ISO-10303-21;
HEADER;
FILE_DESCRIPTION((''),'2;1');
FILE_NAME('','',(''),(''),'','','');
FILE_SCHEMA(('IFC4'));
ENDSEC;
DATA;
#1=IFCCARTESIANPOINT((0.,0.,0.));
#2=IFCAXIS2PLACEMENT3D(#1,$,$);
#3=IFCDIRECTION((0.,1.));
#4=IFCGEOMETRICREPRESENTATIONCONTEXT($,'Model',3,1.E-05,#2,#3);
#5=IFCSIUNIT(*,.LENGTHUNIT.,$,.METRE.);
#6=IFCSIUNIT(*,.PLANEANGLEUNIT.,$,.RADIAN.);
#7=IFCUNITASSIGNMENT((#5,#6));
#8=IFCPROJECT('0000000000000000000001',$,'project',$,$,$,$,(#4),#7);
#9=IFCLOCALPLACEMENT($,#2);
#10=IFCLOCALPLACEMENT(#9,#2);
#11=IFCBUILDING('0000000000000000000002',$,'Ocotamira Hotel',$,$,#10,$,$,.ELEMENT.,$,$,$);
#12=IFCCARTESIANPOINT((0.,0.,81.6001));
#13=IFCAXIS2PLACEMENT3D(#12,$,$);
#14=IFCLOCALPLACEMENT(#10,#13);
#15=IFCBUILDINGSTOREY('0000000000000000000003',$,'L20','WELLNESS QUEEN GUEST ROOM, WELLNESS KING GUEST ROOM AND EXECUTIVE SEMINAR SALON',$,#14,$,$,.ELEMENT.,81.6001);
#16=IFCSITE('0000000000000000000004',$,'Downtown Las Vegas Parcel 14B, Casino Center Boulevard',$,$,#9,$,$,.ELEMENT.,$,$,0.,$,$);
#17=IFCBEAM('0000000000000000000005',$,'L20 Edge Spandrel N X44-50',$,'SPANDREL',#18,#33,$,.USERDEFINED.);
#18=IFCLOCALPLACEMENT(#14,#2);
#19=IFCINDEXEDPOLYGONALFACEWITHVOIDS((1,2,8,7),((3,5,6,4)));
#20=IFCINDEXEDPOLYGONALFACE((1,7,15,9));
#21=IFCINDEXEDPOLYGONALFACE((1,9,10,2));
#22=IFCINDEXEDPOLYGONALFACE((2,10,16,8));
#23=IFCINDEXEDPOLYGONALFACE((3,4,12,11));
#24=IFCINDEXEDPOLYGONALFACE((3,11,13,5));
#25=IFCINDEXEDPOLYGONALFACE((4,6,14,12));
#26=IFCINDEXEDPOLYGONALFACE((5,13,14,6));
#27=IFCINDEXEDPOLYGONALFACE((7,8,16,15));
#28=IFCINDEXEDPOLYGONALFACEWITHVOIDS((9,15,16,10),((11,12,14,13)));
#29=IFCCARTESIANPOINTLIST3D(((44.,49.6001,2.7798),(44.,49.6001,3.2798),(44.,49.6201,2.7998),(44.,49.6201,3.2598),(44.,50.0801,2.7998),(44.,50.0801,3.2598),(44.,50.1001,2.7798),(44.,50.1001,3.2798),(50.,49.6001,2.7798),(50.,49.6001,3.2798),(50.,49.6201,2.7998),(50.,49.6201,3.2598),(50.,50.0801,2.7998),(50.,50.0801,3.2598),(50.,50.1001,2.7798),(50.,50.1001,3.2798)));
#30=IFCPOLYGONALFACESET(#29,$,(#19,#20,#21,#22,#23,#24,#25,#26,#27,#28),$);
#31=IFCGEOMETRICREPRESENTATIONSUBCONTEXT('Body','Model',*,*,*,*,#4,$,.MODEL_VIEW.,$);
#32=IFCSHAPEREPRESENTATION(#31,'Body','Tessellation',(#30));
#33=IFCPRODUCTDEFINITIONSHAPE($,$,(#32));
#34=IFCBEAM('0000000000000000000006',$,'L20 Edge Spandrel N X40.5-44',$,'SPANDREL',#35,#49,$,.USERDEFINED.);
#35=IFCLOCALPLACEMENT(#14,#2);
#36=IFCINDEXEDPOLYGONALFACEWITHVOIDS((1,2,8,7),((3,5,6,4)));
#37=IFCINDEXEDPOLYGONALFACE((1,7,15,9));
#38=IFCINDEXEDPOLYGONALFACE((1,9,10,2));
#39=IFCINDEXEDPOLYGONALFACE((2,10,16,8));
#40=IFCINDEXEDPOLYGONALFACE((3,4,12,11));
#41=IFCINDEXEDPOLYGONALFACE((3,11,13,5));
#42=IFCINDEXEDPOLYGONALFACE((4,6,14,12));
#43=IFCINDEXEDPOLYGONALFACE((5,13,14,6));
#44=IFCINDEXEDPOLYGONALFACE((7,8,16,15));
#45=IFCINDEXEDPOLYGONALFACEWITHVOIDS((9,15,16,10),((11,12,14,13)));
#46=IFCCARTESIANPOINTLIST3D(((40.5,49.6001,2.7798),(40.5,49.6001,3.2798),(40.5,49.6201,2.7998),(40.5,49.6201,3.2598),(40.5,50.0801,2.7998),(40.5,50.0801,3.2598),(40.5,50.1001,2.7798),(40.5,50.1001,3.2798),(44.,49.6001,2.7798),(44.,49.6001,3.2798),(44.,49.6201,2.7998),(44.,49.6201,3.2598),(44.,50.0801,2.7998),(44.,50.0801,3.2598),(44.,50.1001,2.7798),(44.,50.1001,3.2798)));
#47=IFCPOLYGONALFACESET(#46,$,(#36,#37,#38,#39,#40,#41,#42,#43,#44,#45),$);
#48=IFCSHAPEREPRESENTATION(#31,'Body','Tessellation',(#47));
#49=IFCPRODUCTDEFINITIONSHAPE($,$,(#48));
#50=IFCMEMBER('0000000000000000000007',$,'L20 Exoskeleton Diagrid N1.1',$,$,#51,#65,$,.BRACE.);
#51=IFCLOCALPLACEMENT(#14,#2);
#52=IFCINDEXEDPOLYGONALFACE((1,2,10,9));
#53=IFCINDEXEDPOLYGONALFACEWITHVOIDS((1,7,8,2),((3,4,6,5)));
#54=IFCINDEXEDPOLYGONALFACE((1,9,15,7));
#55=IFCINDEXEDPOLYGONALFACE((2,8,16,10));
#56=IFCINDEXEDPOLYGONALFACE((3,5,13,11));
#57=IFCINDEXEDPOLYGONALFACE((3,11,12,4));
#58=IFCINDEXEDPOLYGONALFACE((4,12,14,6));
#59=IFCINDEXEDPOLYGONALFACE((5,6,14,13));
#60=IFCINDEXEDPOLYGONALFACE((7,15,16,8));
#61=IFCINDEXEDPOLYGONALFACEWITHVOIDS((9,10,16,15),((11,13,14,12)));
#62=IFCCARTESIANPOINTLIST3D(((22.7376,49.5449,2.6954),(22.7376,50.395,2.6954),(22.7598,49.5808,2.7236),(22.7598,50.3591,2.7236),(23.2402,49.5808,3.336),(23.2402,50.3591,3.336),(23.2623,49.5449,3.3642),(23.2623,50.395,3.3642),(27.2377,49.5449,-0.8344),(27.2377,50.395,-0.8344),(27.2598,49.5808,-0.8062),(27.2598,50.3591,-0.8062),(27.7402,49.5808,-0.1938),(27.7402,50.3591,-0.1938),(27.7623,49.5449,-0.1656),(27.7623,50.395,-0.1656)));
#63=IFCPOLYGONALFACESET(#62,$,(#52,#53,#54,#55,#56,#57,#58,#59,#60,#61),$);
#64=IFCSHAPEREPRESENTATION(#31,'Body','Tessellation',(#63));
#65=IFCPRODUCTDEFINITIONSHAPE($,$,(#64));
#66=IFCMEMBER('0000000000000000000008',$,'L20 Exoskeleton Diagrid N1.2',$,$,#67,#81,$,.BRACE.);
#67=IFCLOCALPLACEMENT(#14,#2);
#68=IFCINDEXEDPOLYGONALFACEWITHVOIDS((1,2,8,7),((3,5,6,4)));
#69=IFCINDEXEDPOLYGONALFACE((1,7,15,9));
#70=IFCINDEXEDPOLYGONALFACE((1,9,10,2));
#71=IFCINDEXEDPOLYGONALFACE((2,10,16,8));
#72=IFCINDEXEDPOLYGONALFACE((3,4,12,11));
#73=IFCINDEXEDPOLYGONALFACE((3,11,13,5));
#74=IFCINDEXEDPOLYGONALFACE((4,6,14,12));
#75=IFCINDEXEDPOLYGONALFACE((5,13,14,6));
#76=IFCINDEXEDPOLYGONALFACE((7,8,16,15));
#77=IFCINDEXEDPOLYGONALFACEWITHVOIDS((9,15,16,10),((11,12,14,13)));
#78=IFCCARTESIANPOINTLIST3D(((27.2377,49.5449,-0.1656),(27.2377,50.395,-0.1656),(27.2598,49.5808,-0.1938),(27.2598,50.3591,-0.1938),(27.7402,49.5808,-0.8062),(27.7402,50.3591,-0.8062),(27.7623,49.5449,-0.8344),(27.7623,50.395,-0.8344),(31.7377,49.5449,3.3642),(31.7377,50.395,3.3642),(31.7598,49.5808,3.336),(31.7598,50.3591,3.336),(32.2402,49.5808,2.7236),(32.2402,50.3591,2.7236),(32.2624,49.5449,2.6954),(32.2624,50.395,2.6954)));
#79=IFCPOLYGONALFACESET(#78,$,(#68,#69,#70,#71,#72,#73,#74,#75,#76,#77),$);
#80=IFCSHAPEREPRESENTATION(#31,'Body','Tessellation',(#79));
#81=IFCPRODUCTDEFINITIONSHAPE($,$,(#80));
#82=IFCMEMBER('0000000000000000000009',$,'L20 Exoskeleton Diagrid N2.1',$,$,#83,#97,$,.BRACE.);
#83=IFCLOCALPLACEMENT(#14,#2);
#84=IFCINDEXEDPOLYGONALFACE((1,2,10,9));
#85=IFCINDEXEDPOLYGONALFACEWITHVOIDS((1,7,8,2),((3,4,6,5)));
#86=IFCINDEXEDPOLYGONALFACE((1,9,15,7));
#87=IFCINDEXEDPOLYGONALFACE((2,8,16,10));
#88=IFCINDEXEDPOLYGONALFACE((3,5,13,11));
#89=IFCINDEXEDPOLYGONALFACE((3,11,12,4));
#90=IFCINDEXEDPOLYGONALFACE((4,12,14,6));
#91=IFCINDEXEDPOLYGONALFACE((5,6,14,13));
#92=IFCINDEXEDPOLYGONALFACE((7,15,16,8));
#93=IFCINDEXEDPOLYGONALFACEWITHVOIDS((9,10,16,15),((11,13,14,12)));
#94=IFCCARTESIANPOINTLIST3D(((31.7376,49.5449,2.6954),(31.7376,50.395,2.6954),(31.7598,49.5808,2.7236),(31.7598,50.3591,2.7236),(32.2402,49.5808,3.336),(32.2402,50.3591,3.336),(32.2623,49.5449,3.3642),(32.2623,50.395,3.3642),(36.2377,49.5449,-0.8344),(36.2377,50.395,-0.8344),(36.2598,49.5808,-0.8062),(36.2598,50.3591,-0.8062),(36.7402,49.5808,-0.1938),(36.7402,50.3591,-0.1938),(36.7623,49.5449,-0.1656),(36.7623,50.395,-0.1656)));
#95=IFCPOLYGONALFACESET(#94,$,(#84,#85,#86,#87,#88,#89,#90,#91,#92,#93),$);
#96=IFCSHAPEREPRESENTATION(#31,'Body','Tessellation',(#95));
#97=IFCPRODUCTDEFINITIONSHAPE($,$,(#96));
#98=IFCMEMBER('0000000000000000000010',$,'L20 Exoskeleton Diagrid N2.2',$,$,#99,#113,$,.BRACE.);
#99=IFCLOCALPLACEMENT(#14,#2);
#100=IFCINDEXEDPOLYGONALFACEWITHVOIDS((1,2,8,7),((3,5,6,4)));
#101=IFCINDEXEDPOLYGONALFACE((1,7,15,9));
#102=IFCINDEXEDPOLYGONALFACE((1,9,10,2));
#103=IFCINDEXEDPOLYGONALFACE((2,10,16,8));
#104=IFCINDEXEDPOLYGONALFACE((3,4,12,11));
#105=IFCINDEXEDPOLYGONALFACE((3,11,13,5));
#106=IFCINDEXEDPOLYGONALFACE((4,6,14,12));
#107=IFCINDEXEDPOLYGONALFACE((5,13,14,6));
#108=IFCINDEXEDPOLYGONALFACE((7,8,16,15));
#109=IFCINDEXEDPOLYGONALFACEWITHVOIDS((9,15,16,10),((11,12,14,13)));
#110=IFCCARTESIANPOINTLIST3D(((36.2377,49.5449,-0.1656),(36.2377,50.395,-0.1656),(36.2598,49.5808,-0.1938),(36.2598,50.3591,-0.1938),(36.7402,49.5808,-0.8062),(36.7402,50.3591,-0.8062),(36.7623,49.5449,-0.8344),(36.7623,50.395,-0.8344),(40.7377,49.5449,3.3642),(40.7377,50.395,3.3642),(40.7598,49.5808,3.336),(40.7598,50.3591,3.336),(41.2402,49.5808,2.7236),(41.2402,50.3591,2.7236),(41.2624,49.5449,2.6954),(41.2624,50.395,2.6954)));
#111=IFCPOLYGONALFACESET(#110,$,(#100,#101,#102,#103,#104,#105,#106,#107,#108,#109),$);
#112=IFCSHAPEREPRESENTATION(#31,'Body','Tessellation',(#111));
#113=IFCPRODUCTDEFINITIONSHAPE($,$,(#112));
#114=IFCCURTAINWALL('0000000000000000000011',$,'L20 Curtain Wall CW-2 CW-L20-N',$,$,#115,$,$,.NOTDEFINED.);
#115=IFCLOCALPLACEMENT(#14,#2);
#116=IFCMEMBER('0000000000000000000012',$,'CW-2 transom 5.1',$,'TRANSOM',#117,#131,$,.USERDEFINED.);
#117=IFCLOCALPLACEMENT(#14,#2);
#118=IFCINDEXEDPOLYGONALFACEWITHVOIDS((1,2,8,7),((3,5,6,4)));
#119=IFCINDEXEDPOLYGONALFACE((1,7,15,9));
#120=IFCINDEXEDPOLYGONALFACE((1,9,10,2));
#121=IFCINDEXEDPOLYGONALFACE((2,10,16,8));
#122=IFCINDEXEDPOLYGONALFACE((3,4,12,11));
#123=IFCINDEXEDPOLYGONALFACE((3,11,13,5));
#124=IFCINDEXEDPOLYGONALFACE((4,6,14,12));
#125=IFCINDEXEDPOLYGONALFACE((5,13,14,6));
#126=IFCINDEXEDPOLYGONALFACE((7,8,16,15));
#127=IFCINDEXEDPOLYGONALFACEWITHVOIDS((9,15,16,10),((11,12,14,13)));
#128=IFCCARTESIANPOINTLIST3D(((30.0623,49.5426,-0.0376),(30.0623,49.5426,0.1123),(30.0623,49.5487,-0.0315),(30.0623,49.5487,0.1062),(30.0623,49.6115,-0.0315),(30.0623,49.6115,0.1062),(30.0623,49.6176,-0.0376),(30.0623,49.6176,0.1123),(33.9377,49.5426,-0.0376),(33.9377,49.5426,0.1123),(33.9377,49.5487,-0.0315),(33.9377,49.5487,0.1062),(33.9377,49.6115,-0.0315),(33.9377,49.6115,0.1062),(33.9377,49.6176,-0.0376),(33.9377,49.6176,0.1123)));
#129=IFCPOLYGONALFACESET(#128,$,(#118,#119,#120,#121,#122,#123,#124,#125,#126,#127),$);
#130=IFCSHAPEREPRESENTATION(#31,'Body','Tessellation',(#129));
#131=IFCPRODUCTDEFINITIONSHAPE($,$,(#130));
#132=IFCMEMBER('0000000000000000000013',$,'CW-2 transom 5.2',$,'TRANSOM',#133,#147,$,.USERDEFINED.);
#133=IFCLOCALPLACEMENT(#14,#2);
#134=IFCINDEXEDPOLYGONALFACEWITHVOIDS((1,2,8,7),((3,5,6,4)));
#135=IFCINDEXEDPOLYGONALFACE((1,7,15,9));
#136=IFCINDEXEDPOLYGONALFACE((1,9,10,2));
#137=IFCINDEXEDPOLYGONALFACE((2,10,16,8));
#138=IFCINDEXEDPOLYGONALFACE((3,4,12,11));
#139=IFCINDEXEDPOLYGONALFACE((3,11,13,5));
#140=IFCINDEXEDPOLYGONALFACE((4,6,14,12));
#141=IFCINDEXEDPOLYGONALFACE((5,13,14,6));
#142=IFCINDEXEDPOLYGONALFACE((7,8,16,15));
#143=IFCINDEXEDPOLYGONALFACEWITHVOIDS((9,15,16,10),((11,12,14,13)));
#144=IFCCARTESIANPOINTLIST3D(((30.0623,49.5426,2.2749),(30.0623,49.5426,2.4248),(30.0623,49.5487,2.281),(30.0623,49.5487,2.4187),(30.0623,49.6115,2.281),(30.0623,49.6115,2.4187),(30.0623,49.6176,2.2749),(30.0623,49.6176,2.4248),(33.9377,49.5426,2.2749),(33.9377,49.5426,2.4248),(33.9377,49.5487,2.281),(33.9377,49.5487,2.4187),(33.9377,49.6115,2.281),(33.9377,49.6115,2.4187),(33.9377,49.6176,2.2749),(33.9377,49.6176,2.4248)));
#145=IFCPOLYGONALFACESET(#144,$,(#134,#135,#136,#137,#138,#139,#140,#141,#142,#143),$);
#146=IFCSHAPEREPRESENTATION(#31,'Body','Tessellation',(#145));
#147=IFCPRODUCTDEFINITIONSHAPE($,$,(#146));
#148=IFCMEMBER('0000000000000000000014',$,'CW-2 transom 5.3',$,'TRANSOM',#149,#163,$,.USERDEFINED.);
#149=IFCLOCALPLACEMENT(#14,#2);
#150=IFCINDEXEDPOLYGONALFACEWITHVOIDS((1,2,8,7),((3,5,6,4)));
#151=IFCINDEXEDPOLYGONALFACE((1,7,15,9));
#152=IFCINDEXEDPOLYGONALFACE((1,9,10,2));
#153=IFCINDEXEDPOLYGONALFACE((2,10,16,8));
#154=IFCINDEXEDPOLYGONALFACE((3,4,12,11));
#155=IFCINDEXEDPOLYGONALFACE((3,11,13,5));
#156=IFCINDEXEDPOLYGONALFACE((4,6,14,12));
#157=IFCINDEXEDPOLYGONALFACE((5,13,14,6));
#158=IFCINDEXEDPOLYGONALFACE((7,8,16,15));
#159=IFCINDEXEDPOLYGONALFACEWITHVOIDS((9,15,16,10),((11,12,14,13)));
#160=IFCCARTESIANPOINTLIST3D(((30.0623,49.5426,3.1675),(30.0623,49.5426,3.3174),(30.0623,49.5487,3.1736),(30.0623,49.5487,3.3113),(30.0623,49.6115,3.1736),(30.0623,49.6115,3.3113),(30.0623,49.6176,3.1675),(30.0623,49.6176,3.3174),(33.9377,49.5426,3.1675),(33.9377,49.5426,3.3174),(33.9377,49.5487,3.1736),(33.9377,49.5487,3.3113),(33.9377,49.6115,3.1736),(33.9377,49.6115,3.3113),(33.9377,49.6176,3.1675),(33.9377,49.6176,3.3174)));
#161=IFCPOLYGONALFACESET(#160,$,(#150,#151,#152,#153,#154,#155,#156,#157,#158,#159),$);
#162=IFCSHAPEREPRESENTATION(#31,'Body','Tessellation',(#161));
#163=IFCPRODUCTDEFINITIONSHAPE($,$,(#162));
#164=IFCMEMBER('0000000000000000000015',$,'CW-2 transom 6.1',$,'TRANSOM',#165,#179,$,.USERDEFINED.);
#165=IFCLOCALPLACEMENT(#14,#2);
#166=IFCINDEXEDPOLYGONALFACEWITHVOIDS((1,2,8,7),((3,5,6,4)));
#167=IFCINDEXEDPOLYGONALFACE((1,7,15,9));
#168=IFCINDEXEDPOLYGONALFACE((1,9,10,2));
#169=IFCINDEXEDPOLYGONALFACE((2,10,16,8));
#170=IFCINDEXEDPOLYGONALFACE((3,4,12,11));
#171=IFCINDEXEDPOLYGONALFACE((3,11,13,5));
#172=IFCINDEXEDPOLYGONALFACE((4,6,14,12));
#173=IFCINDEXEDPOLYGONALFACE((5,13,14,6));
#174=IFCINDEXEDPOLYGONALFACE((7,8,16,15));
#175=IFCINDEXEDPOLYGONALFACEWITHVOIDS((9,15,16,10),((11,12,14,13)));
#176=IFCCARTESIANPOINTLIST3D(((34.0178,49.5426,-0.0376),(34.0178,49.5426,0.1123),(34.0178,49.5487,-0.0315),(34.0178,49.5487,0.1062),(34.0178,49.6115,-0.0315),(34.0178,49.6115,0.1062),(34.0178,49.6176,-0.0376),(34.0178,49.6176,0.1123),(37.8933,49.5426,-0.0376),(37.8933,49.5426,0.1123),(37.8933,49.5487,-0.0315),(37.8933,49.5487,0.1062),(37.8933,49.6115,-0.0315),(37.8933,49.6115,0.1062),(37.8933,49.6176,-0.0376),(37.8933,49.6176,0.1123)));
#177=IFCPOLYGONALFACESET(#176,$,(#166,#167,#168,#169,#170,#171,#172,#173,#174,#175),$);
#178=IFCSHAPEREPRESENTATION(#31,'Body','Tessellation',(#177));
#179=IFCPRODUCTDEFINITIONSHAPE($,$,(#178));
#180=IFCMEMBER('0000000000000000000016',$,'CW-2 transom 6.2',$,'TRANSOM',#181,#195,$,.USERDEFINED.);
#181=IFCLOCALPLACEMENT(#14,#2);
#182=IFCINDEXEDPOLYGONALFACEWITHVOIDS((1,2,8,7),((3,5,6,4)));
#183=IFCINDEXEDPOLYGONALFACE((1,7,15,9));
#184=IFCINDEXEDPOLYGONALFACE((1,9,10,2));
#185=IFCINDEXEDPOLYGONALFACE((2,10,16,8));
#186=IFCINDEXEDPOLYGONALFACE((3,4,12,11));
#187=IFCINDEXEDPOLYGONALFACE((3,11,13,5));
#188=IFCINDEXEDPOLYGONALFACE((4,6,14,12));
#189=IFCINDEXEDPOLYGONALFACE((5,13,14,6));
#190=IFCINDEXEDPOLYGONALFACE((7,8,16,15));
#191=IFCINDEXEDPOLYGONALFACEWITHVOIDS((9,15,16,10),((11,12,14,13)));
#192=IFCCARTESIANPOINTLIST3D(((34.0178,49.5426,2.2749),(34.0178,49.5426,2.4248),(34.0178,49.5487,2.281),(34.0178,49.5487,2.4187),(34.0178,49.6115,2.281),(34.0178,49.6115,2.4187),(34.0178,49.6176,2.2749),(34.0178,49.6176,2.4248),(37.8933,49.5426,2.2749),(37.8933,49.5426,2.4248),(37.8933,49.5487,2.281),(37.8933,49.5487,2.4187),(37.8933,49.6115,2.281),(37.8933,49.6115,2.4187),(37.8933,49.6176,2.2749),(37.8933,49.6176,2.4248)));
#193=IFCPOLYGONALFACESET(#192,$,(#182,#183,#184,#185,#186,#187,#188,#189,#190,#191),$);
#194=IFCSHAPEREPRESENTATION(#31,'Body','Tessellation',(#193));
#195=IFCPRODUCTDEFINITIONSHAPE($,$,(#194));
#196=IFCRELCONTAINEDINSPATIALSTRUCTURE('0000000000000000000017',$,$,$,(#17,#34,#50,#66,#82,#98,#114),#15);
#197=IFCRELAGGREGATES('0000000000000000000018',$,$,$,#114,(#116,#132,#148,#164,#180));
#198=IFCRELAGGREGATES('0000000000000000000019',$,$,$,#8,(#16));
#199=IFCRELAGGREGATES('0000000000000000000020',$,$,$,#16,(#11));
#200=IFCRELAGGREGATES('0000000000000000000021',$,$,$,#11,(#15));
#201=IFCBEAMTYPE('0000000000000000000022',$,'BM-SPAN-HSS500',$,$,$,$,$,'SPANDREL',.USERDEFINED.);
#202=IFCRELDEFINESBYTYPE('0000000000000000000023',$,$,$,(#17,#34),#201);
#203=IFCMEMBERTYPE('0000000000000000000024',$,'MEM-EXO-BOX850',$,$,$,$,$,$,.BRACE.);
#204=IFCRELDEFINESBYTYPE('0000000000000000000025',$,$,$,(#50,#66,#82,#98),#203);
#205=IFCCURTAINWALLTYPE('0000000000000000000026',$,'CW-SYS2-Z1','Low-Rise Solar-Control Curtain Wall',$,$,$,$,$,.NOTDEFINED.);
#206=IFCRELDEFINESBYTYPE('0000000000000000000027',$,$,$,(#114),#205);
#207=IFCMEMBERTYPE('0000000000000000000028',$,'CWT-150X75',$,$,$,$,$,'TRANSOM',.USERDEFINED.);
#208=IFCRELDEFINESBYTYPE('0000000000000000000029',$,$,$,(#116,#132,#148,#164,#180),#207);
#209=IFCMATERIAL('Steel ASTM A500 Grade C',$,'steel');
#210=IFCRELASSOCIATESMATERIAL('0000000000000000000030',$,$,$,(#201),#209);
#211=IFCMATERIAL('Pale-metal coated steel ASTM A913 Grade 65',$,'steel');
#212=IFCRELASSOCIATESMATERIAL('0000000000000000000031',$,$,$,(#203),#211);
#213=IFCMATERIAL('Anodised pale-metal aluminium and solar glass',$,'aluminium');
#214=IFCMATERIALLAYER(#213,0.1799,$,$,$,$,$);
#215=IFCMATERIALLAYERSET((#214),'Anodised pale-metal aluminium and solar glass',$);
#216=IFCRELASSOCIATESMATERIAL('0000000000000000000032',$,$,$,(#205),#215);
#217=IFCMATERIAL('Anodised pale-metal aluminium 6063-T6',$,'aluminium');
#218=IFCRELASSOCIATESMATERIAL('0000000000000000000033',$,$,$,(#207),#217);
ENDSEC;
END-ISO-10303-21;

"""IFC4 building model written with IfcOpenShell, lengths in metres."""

from ifc_helpers import new_model, si_unit, direction, frame, origin, origin_2d, place, context, subcontext, project, spatial, hollow_rectangle, extrude, source, transform, mapped, material, layer, layer_set, material_profile, profile_set, type_object, element, aggregate, save


model = new_model("IFC4")

# Units and contexts
model_context = context("Model", 3, precision=1e-05, world=origin(), true_north=direction((0.0, 1.0)))
body_context = subcontext(model_context, "Body", "Model", "MODEL_VIEW")
ifc_project = project(units=[si_unit("LENGTHUNIT", "METRE"), si_unit("PLANEANGLEUNIT", "RADIAN")], contexts=[model_context])

# Site, building, storey
site_placement = place(None, origin())
site = spatial("IfcSite", under=ifc_project, at=site_placement, Name="Downtown Las Vegas Parcel 14B, Casino Center Boulevard", CompositionType="ELEMENT", RefElevation=0.0)
building_placement = place(site_placement, origin())
building = spatial("IfcBuilding", under=site, at=building_placement, Name="Ocotamira Hotel", CompositionType="ELEMENT")
storey_placement = place(building_placement, frame((0.0, 0.0, 81.6001)))
storey = spatial("IfcBuildingStorey", under=building, at=storey_placement, Name="L20", Description="WELLNESS QUEEN GUEST ROOM, WELLNESS KING GUEST ROOM AND EXECUTIVE SEMINAR SALON", CompositionType="ELEMENT", Elevation=81.6001)

# Beams
ifc_material_1 = material(Name="Steel ASTM A500 Grade C", Category="steel")
ifc_material_profile_1 = material_profile(ifc_material_1, hollow_rectangle(XDim=0.5, YDim=0.5, WallThickness=0.02, at=origin_2d()), Name="HSS500X500X20")
ifc_profile_set_1 = profile_set([ifc_material_profile_1], Name="Steel ASTM A500 Grade C")
beam_type = type_object("IfcBeamType", Name="BM-SPAN-HSS500", ElementType="SPANDREL", PredefinedType="USERDEFINED", material=ifc_profile_set_1)
shared_shape_1 = source(origin(), body_context, "Body", "SweptSolid", [
    extrude(hollow_rectangle(XDim=0.5, YDim=0.5, WallThickness=0.02, at=origin_2d()), origin(), (0.0, 0.0, 1.0), 6.0),
])
beam_1_placement = place(storey_placement, frame((44.0, 49.8501, 3.0298), z_axis=(1.0, 0.0, 0.0), x_axis=(0.0, 1.0, 0.0)))
element("IfcBeam", 1, at=beam_1_placement, inside=storey, type_object=beam_type, Name="L20 Edge Spandrel N X44-50", ObjectType="SPANDREL", PredefinedType="USERDEFINED", context=body_context, shape_type="MappedRepresentation", body=[
    mapped(shared_shape_1, transform((0.0, 0.0, 0.0), scale=1.0)),
])
shared_shape_2 = source(origin(), body_context, "Body", "SweptSolid", [
    extrude(hollow_rectangle(XDim=0.5, YDim=0.5, WallThickness=0.02, at=origin_2d()), origin(), (0.0, 0.0, 1.0), 3.5),
])
beam_2_placement = place(storey_placement, frame((40.5, 49.8501, 3.0298), z_axis=(1.0, 0.0, 0.0), x_axis=(0.0, 1.0, 0.0)))
element("IfcBeam", 2, at=beam_2_placement, inside=storey, type_object=beam_type, Name="L20 Edge Spandrel N X40.5-44", ObjectType="SPANDREL", PredefinedType="USERDEFINED", context=body_context, shape_type="MappedRepresentation", body=[
    mapped(shared_shape_2, transform((0.0, 0.0, 0.0), scale=1.0)),
])

# Members
ifc_material_2 = material(Name="Pale-metal coated steel ASTM A913 Grade 65", Category="steel")
ifc_material_profile_2 = material_profile(ifc_material_2, hollow_rectangle(XDim=0.8501, YDim=0.8501, WallThickness=0.0359, at=origin_2d()), Name="BOX850X850X36")
ifc_profile_set_2 = profile_set([ifc_material_profile_2], Name="Pale-metal coated steel ASTM A913 Grade 65")
member_type_1 = type_object("IfcMemberType", Name="MEM-EXO-BOX850", PredefinedType="BRACE", material=ifc_profile_set_2)
shared_shape_3 = source(origin(), body_context, "Body", "SweptSolid", [
    extrude(hollow_rectangle(XDim=0.8501, YDim=0.8501, WallThickness=0.0359, at=origin_2d()), origin(), (0.0, 0.0, 1.0), 5.7192),
])
for number, where, z_axis, x_axis, name in (
    (3, (27.5, 49.97, -0.5), (-0.786822, 0.0, 0.61718), (0.0, -1.0, 0.0), "L20 Exoskeleton Diagrid N1.1"),
    (4, (27.5, 49.97, -0.5), (0.786822, 0.0, 0.61718), (0.0, 1.0, 0.0), "L20 Exoskeleton Diagrid N1.2"),
    (5, (36.5, 49.97, -0.5), (-0.786822, 0.0, 0.61718), (0.0, -1.0, 0.0), "L20 Exoskeleton Diagrid N2.1"),
    (6, (36.5, 49.97, -0.5), (0.786822, 0.0, 0.61718), (0.0, 1.0, 0.0), "L20 Exoskeleton Diagrid N2.2"),
):
    element("IfcMember", number, at=place(storey_placement, frame(where, z_axis=z_axis, x_axis=x_axis)), inside=storey, type_object=member_type_1, Name=name, PredefinedType="BRACE", context=body_context, shape_type="MappedRepresentation", body=[
        mapped(shared_shape_3, transform((0.0, 0.0, 0.0), scale=1.0)),
    ])

# Curtain wall, members
ifc_material_3 = material(Name="Anodised pale-metal aluminium and solar glass", Category="aluminium")
ifc_layer_1 = layer(ifc_material_3, 0.1799)
ifc_layer_set_1 = layer_set([ifc_layer_1], Name="Anodised pale-metal aluminium and solar glass")
curtain_wall_type = type_object("IfcCurtainWallType", Name="CW-SYS2-Z1", Description="Low-Rise Solar-Control Curtain Wall", PredefinedType="NOTDEFINED", material=ifc_layer_set_1)
curtain_wall_placement = place(storey_placement, origin())
curtain_wall = element("IfcCurtainWall", 7, at=curtain_wall_placement, inside=storey, type_object=curtain_wall_type, Name="L20 Curtain Wall CW-2 CW-L20-N", PredefinedType="NOTDEFINED")
ifc_material_4 = material(Name="Anodised pale-metal aluminium 6063-T6", Category="aluminium")
ifc_material_profile_3 = material_profile(ifc_material_4, hollow_rectangle(XDim=0.075, YDim=0.1499, WallThickness=0.0061, at=origin_2d()), Name="HSS150X75X6")
ifc_profile_set_3 = profile_set([ifc_material_profile_3], Name="Anodised pale-metal aluminium 6063-T6")
member_type_2 = type_object("IfcMemberType", Name="CWT-150X75", ElementType="TRANSOM", PredefinedType="USERDEFINED", material=ifc_profile_set_3)
shared_shape_4 = source(origin(), body_context, "Body", "SweptSolid", [
    extrude(hollow_rectangle(XDim=0.075, YDim=0.1499, WallThickness=0.0061, at=origin_2d()), origin(), (0.0, 0.0, 1.0), 3.8755),
])
member_1_placement = place(storey_placement, frame((30.0623, 49.5801, 0.0374), z_axis=(1.0, 0.0, 0.0), x_axis=(0.0, 1.0, 0.0)))
member_1 = element("IfcMember", 8, at=member_1_placement, type_object=member_type_2, Name="CW-2 transom 5.1", ObjectType="TRANSOM", PredefinedType="USERDEFINED", context=body_context, shape_type="MappedRepresentation", body=[
    mapped(shared_shape_4, transform((0.0, 0.0, 0.0), scale=1.0)),
])
member_2_placement = place(storey_placement, frame((30.0623, 49.5801, 2.3499), z_axis=(1.0, 0.0, 0.0), x_axis=(0.0, 1.0, 0.0)))
member_2 = element("IfcMember", 9, at=member_2_placement, type_object=member_type_2, Name="CW-2 transom 5.2", ObjectType="TRANSOM", PredefinedType="USERDEFINED", context=body_context, shape_type="MappedRepresentation", body=[
    mapped(shared_shape_4, transform((0.0, 0.0, 0.0), scale=1.0)),
])
member_3_placement = place(storey_placement, frame((30.0623, 49.5801, 3.2424), z_axis=(1.0, 0.0, 0.0), x_axis=(0.0, 1.0, 0.0)))
member_3 = element("IfcMember", 10, at=member_3_placement, type_object=member_type_2, Name="CW-2 transom 5.3", ObjectType="TRANSOM", PredefinedType="USERDEFINED", context=body_context, shape_type="MappedRepresentation", body=[
    mapped(shared_shape_4, transform((0.0, 0.0, 0.0), scale=1.0)),
])
member_4_placement = place(storey_placement, frame((34.0178, 49.5801, 0.0374), z_axis=(1.0, 0.0, 0.0), x_axis=(0.0, 1.0, 0.0)))
member_4 = element("IfcMember", 11, at=member_4_placement, type_object=member_type_2, Name="CW-2 transom 6.1", ObjectType="TRANSOM", PredefinedType="USERDEFINED", context=body_context, shape_type="MappedRepresentation", body=[
    mapped(shared_shape_4, transform((0.0, 0.0, 0.0), scale=1.0)),
])
member_5_placement = place(storey_placement, frame((34.0178, 49.5801, 2.3499), z_axis=(1.0, 0.0, 0.0), x_axis=(0.0, 1.0, 0.0)))
member_5 = element("IfcMember", 12, at=member_5_placement, type_object=member_type_2, Name="CW-2 transom 6.2", ObjectType="TRANSOM", PredefinedType="USERDEFINED", context=body_context, shape_type="MappedRepresentation", body=[
    mapped(shared_shape_4, transform((0.0, 0.0, 0.0), scale=1.0)),
])

aggregate(curtain_wall, [member_1, member_2, member_3, member_4, member_5])

save(model, "model.ifc")
